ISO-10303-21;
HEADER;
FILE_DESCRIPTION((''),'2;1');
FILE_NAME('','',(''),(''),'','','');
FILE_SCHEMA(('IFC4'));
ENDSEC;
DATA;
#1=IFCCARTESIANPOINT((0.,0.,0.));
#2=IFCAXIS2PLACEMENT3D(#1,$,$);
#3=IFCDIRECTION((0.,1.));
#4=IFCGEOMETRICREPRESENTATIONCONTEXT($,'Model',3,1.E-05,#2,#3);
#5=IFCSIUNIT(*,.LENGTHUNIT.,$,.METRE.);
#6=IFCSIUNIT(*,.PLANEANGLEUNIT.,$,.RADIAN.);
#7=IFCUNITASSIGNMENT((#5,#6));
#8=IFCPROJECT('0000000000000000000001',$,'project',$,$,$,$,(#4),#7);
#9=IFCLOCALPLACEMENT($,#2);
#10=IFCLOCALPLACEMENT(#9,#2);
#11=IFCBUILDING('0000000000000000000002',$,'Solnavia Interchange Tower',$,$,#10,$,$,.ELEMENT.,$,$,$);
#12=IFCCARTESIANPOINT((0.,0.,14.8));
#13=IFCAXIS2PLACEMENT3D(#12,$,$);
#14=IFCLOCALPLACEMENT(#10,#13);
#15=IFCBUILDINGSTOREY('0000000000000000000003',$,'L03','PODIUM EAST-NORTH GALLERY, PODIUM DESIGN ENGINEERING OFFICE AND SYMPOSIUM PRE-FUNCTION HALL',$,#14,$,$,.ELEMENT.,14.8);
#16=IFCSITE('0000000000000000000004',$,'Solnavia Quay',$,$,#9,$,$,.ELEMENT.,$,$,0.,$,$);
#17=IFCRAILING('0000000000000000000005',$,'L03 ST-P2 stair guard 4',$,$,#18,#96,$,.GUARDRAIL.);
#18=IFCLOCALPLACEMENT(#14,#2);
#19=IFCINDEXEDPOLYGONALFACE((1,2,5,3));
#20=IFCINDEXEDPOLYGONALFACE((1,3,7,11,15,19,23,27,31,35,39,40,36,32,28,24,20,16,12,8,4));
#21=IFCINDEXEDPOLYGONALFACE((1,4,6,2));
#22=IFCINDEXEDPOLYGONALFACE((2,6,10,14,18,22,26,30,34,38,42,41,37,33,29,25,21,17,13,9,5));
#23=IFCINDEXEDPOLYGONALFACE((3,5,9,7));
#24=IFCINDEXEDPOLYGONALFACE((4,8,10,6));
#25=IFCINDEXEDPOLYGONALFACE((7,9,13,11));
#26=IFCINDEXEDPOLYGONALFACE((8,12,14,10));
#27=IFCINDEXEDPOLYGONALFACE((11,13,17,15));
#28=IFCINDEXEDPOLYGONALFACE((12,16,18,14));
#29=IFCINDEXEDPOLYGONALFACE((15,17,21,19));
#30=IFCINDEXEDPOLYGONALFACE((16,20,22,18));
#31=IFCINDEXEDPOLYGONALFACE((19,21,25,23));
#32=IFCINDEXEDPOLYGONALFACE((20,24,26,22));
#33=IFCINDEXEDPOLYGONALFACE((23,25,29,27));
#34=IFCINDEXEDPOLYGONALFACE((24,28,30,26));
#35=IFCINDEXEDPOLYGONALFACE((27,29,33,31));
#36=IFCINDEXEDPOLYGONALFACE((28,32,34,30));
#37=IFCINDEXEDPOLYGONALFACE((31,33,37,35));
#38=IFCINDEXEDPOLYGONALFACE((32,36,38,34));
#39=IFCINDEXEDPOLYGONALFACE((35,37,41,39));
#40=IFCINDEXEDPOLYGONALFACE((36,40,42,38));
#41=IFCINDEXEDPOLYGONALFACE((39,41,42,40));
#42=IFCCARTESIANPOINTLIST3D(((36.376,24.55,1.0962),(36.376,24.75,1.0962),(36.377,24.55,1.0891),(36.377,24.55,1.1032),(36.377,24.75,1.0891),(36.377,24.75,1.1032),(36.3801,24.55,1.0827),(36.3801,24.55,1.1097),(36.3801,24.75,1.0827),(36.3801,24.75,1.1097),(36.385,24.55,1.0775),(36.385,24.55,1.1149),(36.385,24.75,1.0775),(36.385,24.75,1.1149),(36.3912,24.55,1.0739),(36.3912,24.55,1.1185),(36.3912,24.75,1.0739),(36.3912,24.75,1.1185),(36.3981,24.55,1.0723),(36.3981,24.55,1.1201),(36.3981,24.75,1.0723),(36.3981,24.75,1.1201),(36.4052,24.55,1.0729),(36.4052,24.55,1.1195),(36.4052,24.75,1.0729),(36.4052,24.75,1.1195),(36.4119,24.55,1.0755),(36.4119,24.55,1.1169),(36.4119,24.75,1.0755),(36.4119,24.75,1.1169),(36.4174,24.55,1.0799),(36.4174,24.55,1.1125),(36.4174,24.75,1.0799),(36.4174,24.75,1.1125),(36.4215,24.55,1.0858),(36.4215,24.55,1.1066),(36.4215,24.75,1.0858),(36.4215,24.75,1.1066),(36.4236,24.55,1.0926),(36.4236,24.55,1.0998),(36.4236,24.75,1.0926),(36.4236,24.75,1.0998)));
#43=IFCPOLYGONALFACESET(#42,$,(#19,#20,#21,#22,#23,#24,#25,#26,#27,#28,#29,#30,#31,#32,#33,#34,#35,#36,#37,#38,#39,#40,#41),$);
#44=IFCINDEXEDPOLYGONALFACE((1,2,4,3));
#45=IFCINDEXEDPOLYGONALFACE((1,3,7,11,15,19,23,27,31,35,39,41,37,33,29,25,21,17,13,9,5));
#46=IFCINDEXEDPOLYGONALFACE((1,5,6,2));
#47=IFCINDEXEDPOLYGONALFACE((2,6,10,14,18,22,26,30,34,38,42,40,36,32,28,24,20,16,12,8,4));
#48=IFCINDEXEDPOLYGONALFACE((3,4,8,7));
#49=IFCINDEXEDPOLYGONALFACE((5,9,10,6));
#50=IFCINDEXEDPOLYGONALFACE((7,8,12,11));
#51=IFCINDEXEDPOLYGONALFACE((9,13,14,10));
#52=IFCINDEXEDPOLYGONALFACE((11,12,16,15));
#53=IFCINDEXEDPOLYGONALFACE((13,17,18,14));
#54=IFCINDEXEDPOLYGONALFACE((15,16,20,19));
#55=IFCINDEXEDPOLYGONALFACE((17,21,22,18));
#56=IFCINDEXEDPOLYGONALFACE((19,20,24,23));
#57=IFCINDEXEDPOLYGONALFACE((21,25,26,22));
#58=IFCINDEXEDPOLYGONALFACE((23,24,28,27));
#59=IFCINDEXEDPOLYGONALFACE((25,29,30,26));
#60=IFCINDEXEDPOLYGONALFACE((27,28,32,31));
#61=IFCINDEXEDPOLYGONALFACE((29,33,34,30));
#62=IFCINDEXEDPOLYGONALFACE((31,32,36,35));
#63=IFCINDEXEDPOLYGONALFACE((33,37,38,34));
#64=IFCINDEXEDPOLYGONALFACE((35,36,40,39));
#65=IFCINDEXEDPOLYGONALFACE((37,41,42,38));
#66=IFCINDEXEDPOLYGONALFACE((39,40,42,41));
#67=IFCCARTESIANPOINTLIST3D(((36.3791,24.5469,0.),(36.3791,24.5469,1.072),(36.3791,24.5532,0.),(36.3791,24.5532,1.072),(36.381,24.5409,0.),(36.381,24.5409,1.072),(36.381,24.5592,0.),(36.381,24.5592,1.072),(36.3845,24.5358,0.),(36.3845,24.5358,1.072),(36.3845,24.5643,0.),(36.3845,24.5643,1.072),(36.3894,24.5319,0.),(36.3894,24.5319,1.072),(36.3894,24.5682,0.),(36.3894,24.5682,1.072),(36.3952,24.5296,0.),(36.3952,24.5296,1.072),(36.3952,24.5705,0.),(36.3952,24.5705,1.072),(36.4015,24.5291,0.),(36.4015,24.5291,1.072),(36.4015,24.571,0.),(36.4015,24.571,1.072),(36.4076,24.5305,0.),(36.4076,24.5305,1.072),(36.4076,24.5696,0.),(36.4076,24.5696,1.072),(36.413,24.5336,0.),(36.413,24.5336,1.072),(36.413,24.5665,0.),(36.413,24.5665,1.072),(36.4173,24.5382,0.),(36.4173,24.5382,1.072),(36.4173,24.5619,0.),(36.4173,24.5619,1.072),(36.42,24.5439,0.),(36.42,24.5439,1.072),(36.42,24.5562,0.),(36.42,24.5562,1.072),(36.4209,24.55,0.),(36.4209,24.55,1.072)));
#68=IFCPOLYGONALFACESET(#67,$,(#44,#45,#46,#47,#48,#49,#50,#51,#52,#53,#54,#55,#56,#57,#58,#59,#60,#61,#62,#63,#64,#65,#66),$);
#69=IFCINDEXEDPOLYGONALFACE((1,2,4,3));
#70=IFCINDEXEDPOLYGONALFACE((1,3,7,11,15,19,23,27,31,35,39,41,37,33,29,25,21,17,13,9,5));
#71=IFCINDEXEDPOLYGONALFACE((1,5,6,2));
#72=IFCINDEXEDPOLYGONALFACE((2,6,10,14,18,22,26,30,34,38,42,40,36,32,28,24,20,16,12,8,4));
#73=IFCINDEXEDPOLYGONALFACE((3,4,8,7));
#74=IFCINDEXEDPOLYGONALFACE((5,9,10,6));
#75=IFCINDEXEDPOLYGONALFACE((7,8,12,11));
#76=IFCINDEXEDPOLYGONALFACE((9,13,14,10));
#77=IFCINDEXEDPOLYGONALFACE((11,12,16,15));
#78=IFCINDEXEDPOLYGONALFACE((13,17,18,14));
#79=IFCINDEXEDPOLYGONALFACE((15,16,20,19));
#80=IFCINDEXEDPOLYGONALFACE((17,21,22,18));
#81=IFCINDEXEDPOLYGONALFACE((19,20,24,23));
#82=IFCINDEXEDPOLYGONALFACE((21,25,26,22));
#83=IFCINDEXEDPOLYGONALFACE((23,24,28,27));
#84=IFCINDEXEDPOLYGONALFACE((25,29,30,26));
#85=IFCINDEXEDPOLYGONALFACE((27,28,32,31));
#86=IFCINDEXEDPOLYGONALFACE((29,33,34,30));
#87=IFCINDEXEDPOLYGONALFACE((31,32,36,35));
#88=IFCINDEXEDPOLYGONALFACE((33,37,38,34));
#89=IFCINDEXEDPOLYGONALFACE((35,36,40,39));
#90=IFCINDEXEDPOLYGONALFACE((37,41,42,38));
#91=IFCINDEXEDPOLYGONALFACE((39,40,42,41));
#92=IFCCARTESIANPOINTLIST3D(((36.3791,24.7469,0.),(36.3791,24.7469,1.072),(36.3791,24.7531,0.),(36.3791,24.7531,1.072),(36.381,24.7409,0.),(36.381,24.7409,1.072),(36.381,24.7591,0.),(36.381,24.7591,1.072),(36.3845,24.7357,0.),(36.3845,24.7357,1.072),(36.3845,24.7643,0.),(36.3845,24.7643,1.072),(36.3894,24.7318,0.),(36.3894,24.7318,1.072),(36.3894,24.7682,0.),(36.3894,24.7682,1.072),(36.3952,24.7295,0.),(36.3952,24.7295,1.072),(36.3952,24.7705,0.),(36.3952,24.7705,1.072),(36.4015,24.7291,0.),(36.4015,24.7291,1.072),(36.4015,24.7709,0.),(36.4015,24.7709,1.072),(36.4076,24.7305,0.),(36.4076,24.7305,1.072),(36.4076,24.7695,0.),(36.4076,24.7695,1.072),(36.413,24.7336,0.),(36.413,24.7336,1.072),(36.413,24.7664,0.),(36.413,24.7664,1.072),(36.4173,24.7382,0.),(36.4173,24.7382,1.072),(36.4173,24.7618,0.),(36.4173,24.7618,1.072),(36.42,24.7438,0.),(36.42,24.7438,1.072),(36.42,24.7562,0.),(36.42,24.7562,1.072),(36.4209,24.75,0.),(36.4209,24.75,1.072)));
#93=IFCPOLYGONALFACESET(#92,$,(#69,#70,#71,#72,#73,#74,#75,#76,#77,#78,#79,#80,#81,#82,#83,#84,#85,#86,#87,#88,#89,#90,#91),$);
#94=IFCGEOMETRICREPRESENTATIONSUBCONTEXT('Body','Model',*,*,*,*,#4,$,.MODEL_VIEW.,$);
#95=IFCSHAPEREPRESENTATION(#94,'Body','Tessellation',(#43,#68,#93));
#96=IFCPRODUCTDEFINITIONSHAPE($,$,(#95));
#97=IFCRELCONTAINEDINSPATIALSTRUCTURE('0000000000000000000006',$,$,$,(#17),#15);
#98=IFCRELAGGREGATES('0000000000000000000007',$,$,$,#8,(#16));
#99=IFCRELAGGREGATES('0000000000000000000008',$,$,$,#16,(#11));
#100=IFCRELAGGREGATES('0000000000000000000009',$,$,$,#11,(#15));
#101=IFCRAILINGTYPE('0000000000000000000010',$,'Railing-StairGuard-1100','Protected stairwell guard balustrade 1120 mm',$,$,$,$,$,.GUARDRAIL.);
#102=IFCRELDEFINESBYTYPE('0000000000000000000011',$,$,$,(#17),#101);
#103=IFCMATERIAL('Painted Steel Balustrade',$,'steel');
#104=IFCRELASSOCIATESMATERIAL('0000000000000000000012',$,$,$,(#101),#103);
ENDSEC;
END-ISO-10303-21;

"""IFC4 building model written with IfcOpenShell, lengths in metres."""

from ifc_helpers import new_model, si_unit, direction, frame, origin, origin_2d, place, context, subcontext, project, spatial, circle, extrude, material, type_object, element, save


model = new_model("IFC4")

# Units and contexts
model_context = context("Model", 3, precision=1e-05, world=origin(), true_north=direction((0.0, 1.0)))
body_context = subcontext(model_context, "Body", "Model", "MODEL_VIEW")
ifc_project = project(units=[si_unit("LENGTHUNIT", "METRE"), si_unit("PLANEANGLEUNIT", "RADIAN")], contexts=[model_context])

# Site, building, storey
site_placement = place(None, origin())
site = spatial("IfcSite", under=ifc_project, at=site_placement, Name="Solnavia Quay", CompositionType="ELEMENT", RefElevation=0.0)
building_placement = place(site_placement, origin())
building = spatial("IfcBuilding", under=site, at=building_placement, Name="Solnavia Interchange Tower", CompositionType="ELEMENT")
storey_placement = place(building_placement, frame((0.0, 0.0, 14.8)))
storey = spatial("IfcBuildingStorey", under=building, at=storey_placement, Name="L03", Description="PODIUM EAST-NORTH GALLERY, PODIUM DESIGN ENGINEERING OFFICE AND SYMPOSIUM PRE-FUNCTION HALL", CompositionType="ELEMENT", Elevation=14.8)

# Railing
ifc_material_1 = material(Name="Painted Steel Balustrade", Category="steel")
railing_type_1 = type_object("IfcRailingType", Name="Railing-StairGuard-1100", Description="Protected stairwell guard balustrade 1120 mm", PredefinedType="GUARDRAIL", material=ifc_material_1)
railing_1_placement = place(storey_placement, frame((36.3999, 24.55, 0.0)))
element("IfcRailing", 1, at=railing_1_placement, inside=storey, type_object=railing_type_1, Name="L03 ST-P2 stair guard 4", PredefinedType="GUARDRAIL", context=body_context, shape_type="SweptSolid", body=[
    extrude(circle(Radius=0.0239, at=origin_2d()), frame((0.0, 0.0, 1.0962), z_axis=(0.0, 1.0, 0.0), x_axis=(-1.0, 0.0, 0.0)), (0.0, 0.0, 1.0), 0.2),
    extrude(circle(Radius=0.021, at=origin_2d()), origin(), (0.0, 0.0, 1.0), 1.072),
    extrude(circle(Radius=0.021, at=origin_2d()), frame((0.0, 0.2, 0.0)), (0.0, 0.0, 1.0), 1.072),
])

save(model, "model.ifc")
